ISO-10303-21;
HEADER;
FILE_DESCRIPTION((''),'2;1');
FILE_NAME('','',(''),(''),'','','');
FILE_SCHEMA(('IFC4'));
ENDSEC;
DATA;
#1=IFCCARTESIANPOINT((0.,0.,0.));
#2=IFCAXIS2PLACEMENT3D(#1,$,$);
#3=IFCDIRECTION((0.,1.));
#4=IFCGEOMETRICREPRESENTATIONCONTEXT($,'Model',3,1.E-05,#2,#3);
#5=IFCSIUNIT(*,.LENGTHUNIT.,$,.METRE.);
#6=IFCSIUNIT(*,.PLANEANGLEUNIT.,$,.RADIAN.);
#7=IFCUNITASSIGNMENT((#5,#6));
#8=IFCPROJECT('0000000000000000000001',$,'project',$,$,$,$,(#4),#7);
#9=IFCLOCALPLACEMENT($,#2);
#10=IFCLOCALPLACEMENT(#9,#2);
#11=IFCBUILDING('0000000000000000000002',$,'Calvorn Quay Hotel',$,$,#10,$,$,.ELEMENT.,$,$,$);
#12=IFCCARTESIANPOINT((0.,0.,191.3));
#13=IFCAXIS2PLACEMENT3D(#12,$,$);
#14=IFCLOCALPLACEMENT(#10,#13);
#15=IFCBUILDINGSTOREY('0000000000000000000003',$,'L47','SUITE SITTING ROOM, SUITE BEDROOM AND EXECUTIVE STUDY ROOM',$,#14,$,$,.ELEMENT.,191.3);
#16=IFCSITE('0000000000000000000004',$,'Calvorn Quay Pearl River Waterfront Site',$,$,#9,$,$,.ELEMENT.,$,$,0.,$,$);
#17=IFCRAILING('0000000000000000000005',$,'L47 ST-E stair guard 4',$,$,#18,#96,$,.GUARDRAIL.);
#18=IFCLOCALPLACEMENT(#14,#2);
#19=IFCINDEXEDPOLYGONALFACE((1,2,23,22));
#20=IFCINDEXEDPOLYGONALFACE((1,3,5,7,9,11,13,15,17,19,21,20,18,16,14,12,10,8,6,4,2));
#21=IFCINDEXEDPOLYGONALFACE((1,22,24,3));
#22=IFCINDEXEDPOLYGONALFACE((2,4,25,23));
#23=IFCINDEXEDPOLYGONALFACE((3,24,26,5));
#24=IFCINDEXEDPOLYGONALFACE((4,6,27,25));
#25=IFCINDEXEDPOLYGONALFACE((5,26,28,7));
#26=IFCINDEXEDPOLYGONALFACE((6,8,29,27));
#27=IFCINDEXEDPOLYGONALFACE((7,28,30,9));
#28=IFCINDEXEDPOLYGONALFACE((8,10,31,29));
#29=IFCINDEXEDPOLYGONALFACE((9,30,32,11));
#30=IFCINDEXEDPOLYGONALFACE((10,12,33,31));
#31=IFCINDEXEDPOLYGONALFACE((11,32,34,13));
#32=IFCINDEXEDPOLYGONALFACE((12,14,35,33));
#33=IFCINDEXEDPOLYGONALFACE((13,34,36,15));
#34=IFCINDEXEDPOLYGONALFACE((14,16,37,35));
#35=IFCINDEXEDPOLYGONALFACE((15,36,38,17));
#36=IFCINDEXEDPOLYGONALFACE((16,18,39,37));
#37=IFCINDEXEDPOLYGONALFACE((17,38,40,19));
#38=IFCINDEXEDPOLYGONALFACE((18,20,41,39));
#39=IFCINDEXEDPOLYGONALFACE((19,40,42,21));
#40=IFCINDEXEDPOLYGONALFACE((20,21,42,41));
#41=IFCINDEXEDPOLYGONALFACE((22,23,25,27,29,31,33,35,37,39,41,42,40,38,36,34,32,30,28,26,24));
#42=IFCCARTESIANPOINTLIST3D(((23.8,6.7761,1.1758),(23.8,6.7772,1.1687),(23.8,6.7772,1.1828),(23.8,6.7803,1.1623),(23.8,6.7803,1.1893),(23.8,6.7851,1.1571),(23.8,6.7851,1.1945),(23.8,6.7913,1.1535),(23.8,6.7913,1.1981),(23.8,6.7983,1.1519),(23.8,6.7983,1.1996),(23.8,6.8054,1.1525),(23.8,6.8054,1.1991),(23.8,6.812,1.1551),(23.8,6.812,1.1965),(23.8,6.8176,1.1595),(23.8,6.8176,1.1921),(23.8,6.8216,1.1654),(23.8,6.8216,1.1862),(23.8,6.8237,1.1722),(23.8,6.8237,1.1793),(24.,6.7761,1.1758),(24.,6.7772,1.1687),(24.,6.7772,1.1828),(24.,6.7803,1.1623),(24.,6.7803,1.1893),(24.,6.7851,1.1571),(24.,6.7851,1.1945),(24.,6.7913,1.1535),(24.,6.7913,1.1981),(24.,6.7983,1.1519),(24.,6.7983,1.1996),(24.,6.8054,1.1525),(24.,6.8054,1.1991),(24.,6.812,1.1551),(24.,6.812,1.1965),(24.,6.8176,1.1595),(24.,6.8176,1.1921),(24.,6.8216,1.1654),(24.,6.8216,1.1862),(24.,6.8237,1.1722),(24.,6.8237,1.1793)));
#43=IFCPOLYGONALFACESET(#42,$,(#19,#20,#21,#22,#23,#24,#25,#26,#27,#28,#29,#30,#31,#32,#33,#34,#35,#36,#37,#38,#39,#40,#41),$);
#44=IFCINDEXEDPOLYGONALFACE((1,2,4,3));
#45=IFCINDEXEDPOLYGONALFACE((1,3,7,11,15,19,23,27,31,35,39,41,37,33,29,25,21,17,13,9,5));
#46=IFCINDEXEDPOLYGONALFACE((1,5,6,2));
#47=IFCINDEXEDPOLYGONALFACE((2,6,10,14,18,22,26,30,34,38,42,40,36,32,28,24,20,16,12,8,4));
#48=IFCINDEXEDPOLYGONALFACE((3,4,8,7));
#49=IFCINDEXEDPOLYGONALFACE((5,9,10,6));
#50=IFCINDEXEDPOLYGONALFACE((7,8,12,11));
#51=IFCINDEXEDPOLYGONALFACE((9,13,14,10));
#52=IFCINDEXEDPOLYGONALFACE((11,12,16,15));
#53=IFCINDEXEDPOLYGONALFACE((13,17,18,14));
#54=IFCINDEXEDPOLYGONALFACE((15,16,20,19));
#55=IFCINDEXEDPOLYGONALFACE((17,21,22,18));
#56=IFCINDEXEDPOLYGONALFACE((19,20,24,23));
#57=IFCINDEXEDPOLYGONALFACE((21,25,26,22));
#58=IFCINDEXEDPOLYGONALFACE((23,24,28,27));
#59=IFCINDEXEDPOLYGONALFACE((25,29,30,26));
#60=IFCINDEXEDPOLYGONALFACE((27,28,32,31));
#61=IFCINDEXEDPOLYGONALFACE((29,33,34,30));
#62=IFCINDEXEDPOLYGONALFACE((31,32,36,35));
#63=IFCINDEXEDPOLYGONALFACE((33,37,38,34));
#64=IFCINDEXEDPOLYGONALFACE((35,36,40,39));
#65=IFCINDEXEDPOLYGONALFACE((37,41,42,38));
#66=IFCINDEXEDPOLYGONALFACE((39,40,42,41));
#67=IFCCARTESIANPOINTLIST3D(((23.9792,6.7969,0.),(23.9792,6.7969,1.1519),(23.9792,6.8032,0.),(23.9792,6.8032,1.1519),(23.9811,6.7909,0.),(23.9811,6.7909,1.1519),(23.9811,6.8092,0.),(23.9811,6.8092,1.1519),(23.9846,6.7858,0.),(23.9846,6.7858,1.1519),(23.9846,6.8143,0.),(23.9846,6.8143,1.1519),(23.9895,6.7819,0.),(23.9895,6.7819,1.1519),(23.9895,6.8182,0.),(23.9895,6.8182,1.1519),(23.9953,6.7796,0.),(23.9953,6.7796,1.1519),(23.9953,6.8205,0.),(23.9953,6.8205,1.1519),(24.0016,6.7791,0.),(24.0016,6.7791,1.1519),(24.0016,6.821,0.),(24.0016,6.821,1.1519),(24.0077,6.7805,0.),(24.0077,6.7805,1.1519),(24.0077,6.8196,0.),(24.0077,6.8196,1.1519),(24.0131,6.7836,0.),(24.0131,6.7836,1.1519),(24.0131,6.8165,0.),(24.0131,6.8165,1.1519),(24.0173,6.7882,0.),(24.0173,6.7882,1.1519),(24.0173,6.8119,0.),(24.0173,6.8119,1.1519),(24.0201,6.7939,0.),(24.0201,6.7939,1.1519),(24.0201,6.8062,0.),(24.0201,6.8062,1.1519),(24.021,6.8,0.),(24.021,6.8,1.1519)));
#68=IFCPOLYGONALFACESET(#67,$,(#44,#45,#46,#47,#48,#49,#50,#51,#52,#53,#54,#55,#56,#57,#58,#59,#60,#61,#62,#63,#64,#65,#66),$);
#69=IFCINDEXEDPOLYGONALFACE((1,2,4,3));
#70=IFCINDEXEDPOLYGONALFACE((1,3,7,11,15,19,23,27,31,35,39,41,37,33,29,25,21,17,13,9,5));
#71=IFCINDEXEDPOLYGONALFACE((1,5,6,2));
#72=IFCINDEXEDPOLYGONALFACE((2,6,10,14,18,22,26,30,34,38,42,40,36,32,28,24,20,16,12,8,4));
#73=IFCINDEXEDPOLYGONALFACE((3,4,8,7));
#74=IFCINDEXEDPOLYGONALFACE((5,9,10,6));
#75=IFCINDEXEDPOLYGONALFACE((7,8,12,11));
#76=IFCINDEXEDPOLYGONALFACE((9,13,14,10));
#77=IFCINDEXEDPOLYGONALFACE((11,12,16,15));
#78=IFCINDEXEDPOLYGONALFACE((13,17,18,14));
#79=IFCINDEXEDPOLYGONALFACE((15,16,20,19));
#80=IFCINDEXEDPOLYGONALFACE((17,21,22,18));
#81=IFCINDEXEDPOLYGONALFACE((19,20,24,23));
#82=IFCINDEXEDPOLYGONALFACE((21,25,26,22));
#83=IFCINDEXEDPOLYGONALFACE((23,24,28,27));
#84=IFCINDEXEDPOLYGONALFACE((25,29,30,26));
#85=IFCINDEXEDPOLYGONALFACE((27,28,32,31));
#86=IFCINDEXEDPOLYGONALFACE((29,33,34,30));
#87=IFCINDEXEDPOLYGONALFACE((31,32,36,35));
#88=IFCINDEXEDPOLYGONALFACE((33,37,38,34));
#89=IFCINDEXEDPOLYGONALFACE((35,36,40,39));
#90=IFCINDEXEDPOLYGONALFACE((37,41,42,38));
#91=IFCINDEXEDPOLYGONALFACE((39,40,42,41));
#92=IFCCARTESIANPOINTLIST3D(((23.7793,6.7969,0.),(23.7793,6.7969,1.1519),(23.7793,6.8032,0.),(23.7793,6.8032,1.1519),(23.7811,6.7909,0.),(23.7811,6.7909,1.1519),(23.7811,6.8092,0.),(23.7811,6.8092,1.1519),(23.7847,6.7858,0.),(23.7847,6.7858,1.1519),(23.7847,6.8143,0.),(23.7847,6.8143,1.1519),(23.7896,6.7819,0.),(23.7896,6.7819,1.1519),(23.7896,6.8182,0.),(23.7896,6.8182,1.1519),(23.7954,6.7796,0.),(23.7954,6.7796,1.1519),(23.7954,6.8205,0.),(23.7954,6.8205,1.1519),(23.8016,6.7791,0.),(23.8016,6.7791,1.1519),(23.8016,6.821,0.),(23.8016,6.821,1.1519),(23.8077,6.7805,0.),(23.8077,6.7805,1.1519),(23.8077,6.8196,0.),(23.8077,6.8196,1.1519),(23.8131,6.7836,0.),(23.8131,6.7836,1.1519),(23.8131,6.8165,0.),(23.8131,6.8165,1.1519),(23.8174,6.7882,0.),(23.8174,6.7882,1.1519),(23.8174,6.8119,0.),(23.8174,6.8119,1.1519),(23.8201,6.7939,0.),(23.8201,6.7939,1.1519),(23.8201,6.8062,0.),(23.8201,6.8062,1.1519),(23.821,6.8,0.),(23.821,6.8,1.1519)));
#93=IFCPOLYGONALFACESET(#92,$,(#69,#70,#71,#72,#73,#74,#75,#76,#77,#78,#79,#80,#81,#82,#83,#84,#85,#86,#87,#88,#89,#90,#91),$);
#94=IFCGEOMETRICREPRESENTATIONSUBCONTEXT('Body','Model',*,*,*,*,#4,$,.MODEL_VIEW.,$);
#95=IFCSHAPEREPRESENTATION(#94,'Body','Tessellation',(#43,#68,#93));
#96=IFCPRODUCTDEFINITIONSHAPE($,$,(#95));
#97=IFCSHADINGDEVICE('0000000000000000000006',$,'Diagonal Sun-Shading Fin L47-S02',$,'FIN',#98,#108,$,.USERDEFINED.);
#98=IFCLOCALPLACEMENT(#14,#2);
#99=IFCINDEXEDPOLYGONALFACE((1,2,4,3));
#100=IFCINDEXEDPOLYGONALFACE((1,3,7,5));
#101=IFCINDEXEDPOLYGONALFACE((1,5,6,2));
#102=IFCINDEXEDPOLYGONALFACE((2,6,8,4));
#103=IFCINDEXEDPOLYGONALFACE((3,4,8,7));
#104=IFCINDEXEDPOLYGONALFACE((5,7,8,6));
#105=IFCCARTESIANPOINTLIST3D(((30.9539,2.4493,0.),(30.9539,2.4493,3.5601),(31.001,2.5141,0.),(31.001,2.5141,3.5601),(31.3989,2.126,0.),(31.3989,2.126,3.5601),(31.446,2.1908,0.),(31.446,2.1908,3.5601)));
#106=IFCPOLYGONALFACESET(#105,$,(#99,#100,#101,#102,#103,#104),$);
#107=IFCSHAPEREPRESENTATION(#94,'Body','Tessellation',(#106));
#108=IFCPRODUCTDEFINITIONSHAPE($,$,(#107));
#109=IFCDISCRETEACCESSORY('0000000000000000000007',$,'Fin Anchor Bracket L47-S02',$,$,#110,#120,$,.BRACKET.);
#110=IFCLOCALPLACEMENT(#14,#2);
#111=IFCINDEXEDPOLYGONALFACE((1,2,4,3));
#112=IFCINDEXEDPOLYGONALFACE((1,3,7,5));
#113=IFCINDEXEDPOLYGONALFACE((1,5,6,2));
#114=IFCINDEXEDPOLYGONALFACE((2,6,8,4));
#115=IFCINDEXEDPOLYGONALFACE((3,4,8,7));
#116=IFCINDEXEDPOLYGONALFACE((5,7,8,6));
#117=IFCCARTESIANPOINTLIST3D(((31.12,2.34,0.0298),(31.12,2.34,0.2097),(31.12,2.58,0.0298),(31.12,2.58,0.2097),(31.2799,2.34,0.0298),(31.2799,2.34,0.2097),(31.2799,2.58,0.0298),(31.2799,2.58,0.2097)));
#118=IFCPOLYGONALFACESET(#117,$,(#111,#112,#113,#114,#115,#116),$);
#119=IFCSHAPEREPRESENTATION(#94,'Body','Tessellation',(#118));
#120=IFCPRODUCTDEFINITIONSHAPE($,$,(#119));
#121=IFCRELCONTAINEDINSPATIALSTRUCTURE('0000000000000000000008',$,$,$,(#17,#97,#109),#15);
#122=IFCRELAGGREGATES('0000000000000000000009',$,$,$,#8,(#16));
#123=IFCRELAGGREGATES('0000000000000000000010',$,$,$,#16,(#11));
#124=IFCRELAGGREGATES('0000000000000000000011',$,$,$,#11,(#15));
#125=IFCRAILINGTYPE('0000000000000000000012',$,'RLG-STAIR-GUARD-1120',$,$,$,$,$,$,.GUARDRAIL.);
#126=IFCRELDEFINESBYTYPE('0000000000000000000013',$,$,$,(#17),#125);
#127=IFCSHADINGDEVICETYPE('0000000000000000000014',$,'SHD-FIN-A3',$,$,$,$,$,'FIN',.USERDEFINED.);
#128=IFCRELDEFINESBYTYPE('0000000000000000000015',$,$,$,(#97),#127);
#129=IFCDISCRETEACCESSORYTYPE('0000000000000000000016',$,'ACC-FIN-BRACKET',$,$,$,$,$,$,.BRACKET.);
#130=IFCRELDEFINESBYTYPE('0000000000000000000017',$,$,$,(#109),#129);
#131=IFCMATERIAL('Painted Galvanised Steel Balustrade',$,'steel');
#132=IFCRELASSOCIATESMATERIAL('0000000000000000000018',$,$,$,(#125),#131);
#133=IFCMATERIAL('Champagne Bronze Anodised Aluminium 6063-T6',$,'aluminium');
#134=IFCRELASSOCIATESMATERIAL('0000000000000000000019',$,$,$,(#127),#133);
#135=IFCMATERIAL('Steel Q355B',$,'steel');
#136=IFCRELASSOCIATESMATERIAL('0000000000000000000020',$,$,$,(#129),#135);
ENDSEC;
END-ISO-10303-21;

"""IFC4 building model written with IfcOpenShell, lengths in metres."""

from ifc_helpers import new_model, si_unit, direction, frame, origin, origin_2d, place, context, subcontext, project, spatial, rectangle, circle, extrude, material, type_object, element, save


model = new_model("IFC4")

# Units and contexts
model_context = context("Model", 3, precision=1e-05, world=origin(), true_north=direction((0.0, 1.0)))
body_context = subcontext(model_context, "Body", "Model", "MODEL_VIEW")
ifc_project = project(units=[si_unit("LENGTHUNIT", "METRE"), si_unit("PLANEANGLEUNIT", "RADIAN")], contexts=[model_context])

# Site, building, storey
site_placement = place(None, origin())
site = spatial("IfcSite", under=ifc_project, at=site_placement, Name="Calvorn Quay Pearl River Waterfront Site", CompositionType="ELEMENT", RefElevation=0.0)
building_placement = place(site_placement, origin())
building = spatial("IfcBuilding", under=site, at=building_placement, Name="Calvorn Quay Hotel", CompositionType="ELEMENT")
storey_placement = place(building_placement, frame((0.0, 0.0, 191.3)))
storey = spatial("IfcBuildingStorey", under=building, at=storey_placement, Name="L47", Description="SUITE SITTING ROOM, SUITE BEDROOM AND EXECUTIVE STUDY ROOM", CompositionType="ELEMENT", Elevation=191.3)

# Railing
ifc_material_1 = material(Name="Painted Galvanised Steel Balustrade", Category="steel")
railing_type_1 = type_object("IfcRailingType", Name="RLG-STAIR-GUARD-1120", PredefinedType="GUARDRAIL", material=ifc_material_1)
railing_1_placement = place(storey_placement, frame((24.0, 6.8, 0.0)))
element("IfcRailing", 1, at=railing_1_placement, inside=storey, type_object=railing_type_1, Name="L47 ST-E stair guard 4", PredefinedType="GUARDRAIL", context=body_context, shape_type="SweptSolid", body=[
    extrude(circle(Radius=0.0239, at=origin_2d()), frame((0.0, 0.0, 1.1758), z_axis=(-1.0, 0.0, 0.0), x_axis=(0.0, -1.0, 0.0)), (0.0, 0.0, 1.0), 0.2),
    extrude(circle(Radius=0.021, at=origin_2d()), origin(), (0.0, 0.0, 1.0), 1.1519),
    extrude(circle(Radius=0.021, at=origin_2d()), frame((-0.2, 0.0, 0.0)), (0.0, 0.0, 1.0), 1.1519),
])

# Shading device
ifc_material_2 = material(Name="Champagne Bronze Anodised Aluminium 6063-T6", Category="aluminium")
shading_device_type = type_object("IfcShadingDeviceType", Name="SHD-FIN-A3", ElementType="FIN", PredefinedType="USERDEFINED", material=ifc_material_2)
shading_device_placement = place(storey_placement, frame((31.2, 2.3201, 0.0), z_axis=(0.0, 0.0, 1.0), x_axis=(-0.809017, 0.587785, 0.0)))
element("IfcShadingDevice", 2, at=shading_device_placement, inside=storey, type_object=shading_device_type, Name="Diagonal Sun-Shading Fin L47-S02", ObjectType="FIN", PredefinedType="USERDEFINED", context=body_context, shape_type="SweptSolid", body=[
    extrude(rectangle(XDim=0.55, YDim=0.0801, at=origin_2d()), origin(), (0.0, 0.0, 1.0), 3.5601),
])

# Discrete accessory
ifc_material_3 = material(Name="Steel Q355B", Category="steel")
discrete_accessory_type = type_object("IfcDiscreteAccessoryType", Name="ACC-FIN-BRACKET", PredefinedType="BRACKET", material=ifc_material_3)
discrete_accessory_placement = place(storey_placement, frame((31.2, 2.46, 0.0298), z_axis=(0.0, 0.0, 1.0), x_axis=(0.0, 1.0, 0.0)))
element("IfcDiscreteAccessory", 3, at=discrete_accessory_placement, inside=storey, type_object=discrete_accessory_type, Name="Fin Anchor Bracket L47-S02", PredefinedType="BRACKET", context=body_context, shape_type="SweptSolid", body=[
    extrude(rectangle(XDim=0.24, YDim=0.1599, at=origin_2d()), origin(), (0.0, 0.0, 1.0), 0.1799),
])

save(model, "model.ifc")
